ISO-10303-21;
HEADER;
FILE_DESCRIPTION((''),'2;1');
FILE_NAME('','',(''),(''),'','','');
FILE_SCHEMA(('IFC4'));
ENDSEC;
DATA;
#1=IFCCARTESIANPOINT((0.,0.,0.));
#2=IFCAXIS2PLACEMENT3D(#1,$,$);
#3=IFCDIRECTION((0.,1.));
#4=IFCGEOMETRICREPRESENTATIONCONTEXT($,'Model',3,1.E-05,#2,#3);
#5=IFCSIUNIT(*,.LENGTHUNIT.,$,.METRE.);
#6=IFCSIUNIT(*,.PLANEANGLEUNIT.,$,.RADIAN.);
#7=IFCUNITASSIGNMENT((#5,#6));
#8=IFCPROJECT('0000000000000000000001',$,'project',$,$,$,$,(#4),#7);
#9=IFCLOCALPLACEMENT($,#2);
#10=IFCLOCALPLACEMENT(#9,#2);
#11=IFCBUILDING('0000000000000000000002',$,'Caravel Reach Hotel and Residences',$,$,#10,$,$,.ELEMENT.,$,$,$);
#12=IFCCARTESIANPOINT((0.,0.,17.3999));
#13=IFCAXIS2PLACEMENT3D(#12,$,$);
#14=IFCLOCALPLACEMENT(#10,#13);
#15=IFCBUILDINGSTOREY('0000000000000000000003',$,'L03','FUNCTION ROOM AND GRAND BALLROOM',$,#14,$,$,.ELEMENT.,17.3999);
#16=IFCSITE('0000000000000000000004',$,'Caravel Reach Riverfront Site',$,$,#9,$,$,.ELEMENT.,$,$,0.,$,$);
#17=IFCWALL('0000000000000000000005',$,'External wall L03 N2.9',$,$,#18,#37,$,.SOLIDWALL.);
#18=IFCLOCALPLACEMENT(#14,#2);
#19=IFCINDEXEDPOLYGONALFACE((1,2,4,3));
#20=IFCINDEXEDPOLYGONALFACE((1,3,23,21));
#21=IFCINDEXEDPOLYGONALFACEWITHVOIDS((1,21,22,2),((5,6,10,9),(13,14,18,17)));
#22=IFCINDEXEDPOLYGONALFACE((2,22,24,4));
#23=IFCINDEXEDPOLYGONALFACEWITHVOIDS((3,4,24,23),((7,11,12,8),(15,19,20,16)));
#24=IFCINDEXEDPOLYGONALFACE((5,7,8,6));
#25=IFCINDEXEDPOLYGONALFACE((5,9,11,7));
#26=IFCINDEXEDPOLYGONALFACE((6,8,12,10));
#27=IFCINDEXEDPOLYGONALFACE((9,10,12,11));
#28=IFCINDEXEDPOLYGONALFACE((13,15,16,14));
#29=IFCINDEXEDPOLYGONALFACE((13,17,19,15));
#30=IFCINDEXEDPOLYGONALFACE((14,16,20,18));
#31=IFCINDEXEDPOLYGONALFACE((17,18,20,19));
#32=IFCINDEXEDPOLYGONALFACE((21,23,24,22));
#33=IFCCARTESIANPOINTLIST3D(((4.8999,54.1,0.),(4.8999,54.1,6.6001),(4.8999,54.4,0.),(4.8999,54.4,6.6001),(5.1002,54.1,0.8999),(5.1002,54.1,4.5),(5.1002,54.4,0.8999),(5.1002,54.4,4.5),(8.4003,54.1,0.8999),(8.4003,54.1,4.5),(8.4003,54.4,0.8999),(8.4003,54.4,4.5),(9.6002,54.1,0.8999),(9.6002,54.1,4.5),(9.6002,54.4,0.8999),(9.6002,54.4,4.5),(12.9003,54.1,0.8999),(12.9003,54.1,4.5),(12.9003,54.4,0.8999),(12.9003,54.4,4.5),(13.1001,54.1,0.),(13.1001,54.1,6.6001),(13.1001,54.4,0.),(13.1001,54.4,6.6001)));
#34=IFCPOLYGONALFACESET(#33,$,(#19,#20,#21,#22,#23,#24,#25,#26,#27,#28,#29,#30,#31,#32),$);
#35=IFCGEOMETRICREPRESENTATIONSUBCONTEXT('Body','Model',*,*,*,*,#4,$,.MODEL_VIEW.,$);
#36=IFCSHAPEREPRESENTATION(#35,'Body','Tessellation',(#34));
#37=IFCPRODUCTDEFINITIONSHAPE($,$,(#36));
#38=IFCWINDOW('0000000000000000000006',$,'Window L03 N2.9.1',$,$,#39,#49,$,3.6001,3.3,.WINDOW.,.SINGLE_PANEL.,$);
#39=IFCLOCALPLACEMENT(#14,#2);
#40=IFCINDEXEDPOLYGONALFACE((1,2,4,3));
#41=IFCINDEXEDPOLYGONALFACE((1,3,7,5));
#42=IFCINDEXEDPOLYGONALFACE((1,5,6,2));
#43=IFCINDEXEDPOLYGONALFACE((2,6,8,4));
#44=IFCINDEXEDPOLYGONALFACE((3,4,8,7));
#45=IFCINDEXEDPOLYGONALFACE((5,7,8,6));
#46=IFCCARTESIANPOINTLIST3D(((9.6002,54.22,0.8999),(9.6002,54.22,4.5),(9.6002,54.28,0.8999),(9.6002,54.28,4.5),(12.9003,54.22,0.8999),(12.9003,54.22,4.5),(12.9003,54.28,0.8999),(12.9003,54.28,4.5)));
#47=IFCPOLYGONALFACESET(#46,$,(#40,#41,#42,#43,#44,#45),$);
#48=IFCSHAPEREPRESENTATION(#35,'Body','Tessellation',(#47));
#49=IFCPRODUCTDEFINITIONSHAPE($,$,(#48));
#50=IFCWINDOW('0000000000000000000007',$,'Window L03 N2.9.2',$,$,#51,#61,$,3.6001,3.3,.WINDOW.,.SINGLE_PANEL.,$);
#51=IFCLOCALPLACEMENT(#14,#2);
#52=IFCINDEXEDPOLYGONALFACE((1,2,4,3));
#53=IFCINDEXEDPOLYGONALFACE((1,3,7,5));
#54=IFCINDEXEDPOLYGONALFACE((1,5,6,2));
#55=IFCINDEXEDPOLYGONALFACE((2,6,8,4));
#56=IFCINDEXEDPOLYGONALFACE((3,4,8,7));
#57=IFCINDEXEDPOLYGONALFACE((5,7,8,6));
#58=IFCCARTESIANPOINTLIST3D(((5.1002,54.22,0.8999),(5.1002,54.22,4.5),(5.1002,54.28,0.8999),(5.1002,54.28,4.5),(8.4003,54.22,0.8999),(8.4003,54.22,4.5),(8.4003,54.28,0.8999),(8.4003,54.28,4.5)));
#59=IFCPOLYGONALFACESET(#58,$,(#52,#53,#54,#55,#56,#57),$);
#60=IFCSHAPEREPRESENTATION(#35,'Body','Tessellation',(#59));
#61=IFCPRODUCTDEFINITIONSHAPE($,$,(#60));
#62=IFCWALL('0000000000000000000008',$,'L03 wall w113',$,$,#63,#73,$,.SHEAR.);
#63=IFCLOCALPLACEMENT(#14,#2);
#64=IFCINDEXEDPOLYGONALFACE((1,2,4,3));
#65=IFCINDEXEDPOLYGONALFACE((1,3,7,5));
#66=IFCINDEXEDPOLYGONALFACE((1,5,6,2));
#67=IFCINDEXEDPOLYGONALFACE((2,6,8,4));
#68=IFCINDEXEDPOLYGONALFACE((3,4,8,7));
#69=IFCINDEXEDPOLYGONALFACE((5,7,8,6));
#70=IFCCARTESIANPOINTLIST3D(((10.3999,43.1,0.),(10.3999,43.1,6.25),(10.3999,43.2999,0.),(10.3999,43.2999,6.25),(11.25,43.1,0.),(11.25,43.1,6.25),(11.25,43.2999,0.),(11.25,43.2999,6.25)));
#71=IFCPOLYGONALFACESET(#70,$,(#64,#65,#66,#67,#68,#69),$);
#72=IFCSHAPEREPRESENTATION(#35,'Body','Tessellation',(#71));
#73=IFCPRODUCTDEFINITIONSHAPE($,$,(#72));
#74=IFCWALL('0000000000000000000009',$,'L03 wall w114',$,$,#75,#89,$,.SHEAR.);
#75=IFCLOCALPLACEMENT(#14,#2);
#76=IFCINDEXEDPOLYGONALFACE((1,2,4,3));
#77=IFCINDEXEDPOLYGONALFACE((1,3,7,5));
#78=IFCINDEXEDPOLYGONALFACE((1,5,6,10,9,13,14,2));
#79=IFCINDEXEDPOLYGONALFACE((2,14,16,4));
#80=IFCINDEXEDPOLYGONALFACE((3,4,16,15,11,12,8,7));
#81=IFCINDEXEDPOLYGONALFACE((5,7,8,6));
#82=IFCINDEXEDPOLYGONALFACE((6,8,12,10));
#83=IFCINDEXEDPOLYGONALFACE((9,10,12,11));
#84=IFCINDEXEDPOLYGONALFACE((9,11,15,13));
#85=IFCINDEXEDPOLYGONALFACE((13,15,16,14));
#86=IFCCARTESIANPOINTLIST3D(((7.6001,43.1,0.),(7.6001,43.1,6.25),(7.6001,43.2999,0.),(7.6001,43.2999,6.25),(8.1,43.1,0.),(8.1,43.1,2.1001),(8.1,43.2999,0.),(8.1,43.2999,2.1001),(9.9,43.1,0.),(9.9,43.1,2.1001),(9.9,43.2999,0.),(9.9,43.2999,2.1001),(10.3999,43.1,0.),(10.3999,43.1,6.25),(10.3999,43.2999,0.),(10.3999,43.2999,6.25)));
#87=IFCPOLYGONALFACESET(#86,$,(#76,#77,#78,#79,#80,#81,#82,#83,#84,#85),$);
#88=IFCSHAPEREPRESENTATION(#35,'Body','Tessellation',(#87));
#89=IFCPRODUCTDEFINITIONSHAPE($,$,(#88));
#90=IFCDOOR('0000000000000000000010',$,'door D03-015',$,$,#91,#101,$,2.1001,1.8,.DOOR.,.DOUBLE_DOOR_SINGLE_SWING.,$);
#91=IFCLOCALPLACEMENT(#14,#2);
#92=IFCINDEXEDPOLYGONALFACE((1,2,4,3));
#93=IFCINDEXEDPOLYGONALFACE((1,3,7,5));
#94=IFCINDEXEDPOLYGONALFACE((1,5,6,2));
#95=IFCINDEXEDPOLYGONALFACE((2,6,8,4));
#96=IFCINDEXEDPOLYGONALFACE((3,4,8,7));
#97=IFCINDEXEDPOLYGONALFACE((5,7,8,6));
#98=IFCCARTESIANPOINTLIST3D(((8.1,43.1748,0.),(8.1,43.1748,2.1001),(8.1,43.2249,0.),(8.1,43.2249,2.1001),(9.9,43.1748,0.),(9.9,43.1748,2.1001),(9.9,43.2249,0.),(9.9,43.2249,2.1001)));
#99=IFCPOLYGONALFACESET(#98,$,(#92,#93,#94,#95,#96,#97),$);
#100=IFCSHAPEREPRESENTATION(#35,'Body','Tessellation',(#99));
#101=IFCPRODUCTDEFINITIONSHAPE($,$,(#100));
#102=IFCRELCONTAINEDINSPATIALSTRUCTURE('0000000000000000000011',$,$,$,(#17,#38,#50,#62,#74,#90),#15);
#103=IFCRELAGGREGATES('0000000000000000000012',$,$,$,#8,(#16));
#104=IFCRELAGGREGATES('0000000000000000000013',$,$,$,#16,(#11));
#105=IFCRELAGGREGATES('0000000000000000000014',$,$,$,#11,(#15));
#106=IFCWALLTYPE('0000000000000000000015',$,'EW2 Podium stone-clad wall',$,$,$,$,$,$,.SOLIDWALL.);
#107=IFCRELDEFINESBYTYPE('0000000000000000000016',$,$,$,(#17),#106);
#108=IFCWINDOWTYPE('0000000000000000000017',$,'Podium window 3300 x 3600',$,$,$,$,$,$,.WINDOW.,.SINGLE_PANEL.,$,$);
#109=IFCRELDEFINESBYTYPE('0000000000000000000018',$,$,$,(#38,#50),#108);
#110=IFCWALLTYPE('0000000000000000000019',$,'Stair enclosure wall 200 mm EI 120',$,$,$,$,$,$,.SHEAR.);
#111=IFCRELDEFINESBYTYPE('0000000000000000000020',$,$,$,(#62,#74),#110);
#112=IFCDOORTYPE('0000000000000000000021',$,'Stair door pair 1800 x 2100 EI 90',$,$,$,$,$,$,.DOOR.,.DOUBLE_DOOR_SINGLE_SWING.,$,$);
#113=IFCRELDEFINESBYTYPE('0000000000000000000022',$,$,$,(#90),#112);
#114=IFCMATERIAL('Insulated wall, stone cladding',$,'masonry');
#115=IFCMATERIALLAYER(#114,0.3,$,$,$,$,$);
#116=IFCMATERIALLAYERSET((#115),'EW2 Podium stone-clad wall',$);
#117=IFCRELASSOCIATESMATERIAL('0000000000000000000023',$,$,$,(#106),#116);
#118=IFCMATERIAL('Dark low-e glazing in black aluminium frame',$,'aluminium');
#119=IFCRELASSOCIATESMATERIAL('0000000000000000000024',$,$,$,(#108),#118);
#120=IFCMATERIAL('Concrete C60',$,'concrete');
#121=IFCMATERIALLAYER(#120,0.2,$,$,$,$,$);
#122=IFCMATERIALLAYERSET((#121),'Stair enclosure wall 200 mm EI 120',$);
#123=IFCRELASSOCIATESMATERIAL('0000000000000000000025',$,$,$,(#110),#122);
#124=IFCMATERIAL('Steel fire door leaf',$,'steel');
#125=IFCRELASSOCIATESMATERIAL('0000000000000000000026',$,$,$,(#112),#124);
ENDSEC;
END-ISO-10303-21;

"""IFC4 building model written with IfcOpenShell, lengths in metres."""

from ifc_helpers import new_model, si_unit, direction, frame, frame_2d, origin, place, context, subcontext, project, spatial, rectangle, extrude, material, layer, layer_set, type_object, element, fill, save


model = new_model("IFC4")

# Units and contexts
model_context = context("Model", 3, precision=1e-05, world=origin(), true_north=direction((0.0, 1.0)))
body_context = subcontext(model_context, "Body", "Model", "MODEL_VIEW")
ifc_project = project(units=[si_unit("LENGTHUNIT", "METRE"), si_unit("PLANEANGLEUNIT", "RADIAN")], contexts=[model_context])

# Site, building, storey
site_placement = place(None, origin())
site = spatial("IfcSite", under=ifc_project, at=site_placement, Name="Caravel Reach Riverfront Site", CompositionType="ELEMENT", RefElevation=0.0)
building_placement = place(site_placement, origin())
building = spatial("IfcBuilding", under=site, at=building_placement, Name="Caravel Reach Hotel and Residences", CompositionType="ELEMENT")
storey_placement = place(building_placement, frame((0.0, 0.0, 17.3999)))
storey = spatial("IfcBuildingStorey", under=building, at=storey_placement, Name="L03", Description="FUNCTION ROOM AND GRAND BALLROOM", CompositionType="ELEMENT", Elevation=17.3999)

# Wall, openings, windows
ifc_material_1 = material(Name="Insulated wall, stone cladding", Category="masonry")
ifc_layer_1 = layer(ifc_material_1, 0.3)
ifc_layer_set_1 = layer_set([ifc_layer_1], Name="EW2 Podium stone-clad wall")
wall_type_1 = type_object("IfcWallType", Name="EW2 Podium stone-clad wall", PredefinedType="SOLIDWALL", material=ifc_layer_set_1)
wall_1_placement = place(storey_placement, frame((13.1001, 54.25, 0.0), z_axis=(0.0, 0.0, 1.0), x_axis=(-1.0, 0.0, 0.0)))
wall_1 = element("IfcWall", 1, at=wall_1_placement, inside=storey, type_object=wall_type_1, Name="External wall L03 N2.9", PredefinedType="SOLIDWALL", context=body_context, shape_type="SweptSolid", body=[
    extrude(rectangle(XDim=8.2002, YDim=0.3, at=frame_2d((4.1001, 0.0))), origin(), (0.0, 0.0, 1.0), 6.6001),
])
opening_1_placement = place(wall_1_placement, frame((0.2, 0.0, 0.8999)))
opening_1 = element("IfcOpeningElement", 2, at=opening_1_placement, cuts=wall_1, PredefinedType="OPENING", context=body_context, shape_type="SweptSolid", body=[
    extrude(rectangle(XDim=3.3, YDim=3.6001, at=frame_2d((1.6499, 1.8))), frame((0.0, 0.1599, 0.0), z_axis=(0.0, -1.0, 0.0), x_axis=(1.0, 0.0, 0.0)), (0.0, 0.0, 1.0), 0.3201),
])
opening_2_placement = place(wall_1_placement, frame((4.7, 0.0, 0.8999)))
opening_2 = element("IfcOpeningElement", 3, at=opening_2_placement, cuts=wall_1, PredefinedType="OPENING", context=body_context, shape_type="SweptSolid", body=[
    extrude(rectangle(XDim=3.3, YDim=3.6001, at=frame_2d((1.6499, 1.8))), frame((0.0, 0.1599, 0.0), z_axis=(0.0, -1.0, 0.0), x_axis=(1.0, 0.0, 0.0)), (0.0, 0.0, 1.0), 0.3201),
])
ifc_material_2 = material(Name="Dark low-e glazing in black aluminium frame", Category="aluminium")
window_type = type_object("IfcWindowType", Name="Podium window 3300 x 3600", PartitioningType="SINGLE_PANEL", PredefinedType="WINDOW", material=ifc_material_2)
window_1_placement = place(opening_1_placement, origin())
window_1 = element("IfcWindow", 4, at=window_1_placement, inside=storey, type_object=window_type, Name="Window L03 N2.9.1", OverallHeight=3.6001, OverallWidth=3.3, PartitioningType="SINGLE_PANEL", PredefinedType="WINDOW", context=body_context, shape_type="SweptSolid", body=[
    extrude(rectangle(XDim=3.3, YDim=3.6001, at=frame_2d((1.6499, 1.8))), frame((0.0, 0.03, 0.0), z_axis=(0.0, -1.0, 0.0), x_axis=(1.0, 0.0, 0.0)), (0.0, 0.0, 1.0), 0.0601),
])
fill(opening_1, window_1)
window_2_placement = place(opening_2_placement, origin())
window_2 = element("IfcWindow", 5, at=window_2_placement, inside=storey, type_object=window_type, Name="Window L03 N2.9.2", OverallHeight=3.6001, OverallWidth=3.3, PartitioningType="SINGLE_PANEL", PredefinedType="WINDOW", context=body_context, shape_type="SweptSolid", body=[
    extrude(rectangle(XDim=3.3, YDim=3.6001, at=frame_2d((1.6499, 1.8))), frame((0.0, 0.03, 0.0), z_axis=(0.0, -1.0, 0.0), x_axis=(1.0, 0.0, 0.0)), (0.0, 0.0, 1.0), 0.0601),
])
fill(opening_2, window_2)

# Wall
ifc_material_3 = material(Name="Concrete C60", Category="concrete")
ifc_layer_2 = layer(ifc_material_3, 0.2)
ifc_layer_set_2 = layer_set([ifc_layer_2], Name="Stair enclosure wall 200 mm EI 120")
wall_type_2 = type_object("IfcWallType", Name="Stair enclosure wall 200 mm EI 120", PredefinedType="SHEAR", material=ifc_layer_set_2)
wall_2_placement = place(storey_placement, frame((10.3999, 43.2, 0.0), z_axis=(0.0, 0.0, 1.0), x_axis=(1.0, 0.0, 0.0)))
element("IfcWall", 6, at=wall_2_placement, inside=storey, type_object=wall_type_2, Name="L03 wall w113", PredefinedType="SHEAR", context=body_context, shape_type="SweptSolid", body=[
    extrude(rectangle(XDim=0.8501, YDim=0.2, at=frame_2d((0.425, 0.0))), origin(), (0.0, 0.0, 1.0), 6.25),
])

# Wall, opening, door
wall_3_placement = place(storey_placement, frame((7.6001, 43.2, 0.0), z_axis=(0.0, 0.0, 1.0), x_axis=(1.0, 0.0, 0.0)))
wall_3 = element("IfcWall", 7, at=wall_3_placement, inside=storey, type_object=wall_type_2, Name="L03 wall w114", PredefinedType="SHEAR", context=body_context, shape_type="SweptSolid", body=[
    extrude(rectangle(XDim=2.7998, YDim=0.2, at=frame_2d((1.3999, 0.0))), origin(), (0.0, 0.0, 1.0), 6.25),
])
opening_3_placement = place(wall_3_placement, frame((0.5, 0.0, 0.0)))
opening_3 = element("IfcOpeningElement", 8, at=opening_3_placement, cuts=wall_3, PredefinedType="OPENING", context=body_context, shape_type="SweptSolid", body=[
    extrude(rectangle(XDim=1.8, YDim=2.1001, at=frame_2d((0.8999, 1.05))), frame((0.0, 0.1099, 0.0), z_axis=(0.0, -1.0, 0.0), x_axis=(1.0, 0.0, 0.0)), (0.0, 0.0, 1.0), 0.22),
])
ifc_material_4 = material(Name="Steel fire door leaf", Category="steel")
door_type_1 = type_object("IfcDoorType", Name="Stair door pair 1800 x 2100 EI 90", OperationType="DOUBLE_DOOR_SINGLE_SWING", PredefinedType="DOOR", material=ifc_material_4)
door_1_placement = place(opening_3_placement, origin())
door_1 = element("IfcDoor", 9, at=door_1_placement, inside=storey, type_object=door_type_1, Name="door D03-015", OperationType="DOUBLE_DOOR_SINGLE_SWING", OverallHeight=2.1001, OverallWidth=1.8, PredefinedType="DOOR", context=body_context, shape_type="SweptSolid", body=[
    extrude(rectangle(XDim=1.8, YDim=2.1001, at=frame_2d((0.8999, 1.05))), frame((0.0, 0.0249, 0.0), z_axis=(0.0, -1.0, 0.0), x_axis=(1.0, 0.0, 0.0)), (0.0, 0.0, 1.0), 0.05),
])
fill(opening_3, door_1)

save(model, "model.ifc")
